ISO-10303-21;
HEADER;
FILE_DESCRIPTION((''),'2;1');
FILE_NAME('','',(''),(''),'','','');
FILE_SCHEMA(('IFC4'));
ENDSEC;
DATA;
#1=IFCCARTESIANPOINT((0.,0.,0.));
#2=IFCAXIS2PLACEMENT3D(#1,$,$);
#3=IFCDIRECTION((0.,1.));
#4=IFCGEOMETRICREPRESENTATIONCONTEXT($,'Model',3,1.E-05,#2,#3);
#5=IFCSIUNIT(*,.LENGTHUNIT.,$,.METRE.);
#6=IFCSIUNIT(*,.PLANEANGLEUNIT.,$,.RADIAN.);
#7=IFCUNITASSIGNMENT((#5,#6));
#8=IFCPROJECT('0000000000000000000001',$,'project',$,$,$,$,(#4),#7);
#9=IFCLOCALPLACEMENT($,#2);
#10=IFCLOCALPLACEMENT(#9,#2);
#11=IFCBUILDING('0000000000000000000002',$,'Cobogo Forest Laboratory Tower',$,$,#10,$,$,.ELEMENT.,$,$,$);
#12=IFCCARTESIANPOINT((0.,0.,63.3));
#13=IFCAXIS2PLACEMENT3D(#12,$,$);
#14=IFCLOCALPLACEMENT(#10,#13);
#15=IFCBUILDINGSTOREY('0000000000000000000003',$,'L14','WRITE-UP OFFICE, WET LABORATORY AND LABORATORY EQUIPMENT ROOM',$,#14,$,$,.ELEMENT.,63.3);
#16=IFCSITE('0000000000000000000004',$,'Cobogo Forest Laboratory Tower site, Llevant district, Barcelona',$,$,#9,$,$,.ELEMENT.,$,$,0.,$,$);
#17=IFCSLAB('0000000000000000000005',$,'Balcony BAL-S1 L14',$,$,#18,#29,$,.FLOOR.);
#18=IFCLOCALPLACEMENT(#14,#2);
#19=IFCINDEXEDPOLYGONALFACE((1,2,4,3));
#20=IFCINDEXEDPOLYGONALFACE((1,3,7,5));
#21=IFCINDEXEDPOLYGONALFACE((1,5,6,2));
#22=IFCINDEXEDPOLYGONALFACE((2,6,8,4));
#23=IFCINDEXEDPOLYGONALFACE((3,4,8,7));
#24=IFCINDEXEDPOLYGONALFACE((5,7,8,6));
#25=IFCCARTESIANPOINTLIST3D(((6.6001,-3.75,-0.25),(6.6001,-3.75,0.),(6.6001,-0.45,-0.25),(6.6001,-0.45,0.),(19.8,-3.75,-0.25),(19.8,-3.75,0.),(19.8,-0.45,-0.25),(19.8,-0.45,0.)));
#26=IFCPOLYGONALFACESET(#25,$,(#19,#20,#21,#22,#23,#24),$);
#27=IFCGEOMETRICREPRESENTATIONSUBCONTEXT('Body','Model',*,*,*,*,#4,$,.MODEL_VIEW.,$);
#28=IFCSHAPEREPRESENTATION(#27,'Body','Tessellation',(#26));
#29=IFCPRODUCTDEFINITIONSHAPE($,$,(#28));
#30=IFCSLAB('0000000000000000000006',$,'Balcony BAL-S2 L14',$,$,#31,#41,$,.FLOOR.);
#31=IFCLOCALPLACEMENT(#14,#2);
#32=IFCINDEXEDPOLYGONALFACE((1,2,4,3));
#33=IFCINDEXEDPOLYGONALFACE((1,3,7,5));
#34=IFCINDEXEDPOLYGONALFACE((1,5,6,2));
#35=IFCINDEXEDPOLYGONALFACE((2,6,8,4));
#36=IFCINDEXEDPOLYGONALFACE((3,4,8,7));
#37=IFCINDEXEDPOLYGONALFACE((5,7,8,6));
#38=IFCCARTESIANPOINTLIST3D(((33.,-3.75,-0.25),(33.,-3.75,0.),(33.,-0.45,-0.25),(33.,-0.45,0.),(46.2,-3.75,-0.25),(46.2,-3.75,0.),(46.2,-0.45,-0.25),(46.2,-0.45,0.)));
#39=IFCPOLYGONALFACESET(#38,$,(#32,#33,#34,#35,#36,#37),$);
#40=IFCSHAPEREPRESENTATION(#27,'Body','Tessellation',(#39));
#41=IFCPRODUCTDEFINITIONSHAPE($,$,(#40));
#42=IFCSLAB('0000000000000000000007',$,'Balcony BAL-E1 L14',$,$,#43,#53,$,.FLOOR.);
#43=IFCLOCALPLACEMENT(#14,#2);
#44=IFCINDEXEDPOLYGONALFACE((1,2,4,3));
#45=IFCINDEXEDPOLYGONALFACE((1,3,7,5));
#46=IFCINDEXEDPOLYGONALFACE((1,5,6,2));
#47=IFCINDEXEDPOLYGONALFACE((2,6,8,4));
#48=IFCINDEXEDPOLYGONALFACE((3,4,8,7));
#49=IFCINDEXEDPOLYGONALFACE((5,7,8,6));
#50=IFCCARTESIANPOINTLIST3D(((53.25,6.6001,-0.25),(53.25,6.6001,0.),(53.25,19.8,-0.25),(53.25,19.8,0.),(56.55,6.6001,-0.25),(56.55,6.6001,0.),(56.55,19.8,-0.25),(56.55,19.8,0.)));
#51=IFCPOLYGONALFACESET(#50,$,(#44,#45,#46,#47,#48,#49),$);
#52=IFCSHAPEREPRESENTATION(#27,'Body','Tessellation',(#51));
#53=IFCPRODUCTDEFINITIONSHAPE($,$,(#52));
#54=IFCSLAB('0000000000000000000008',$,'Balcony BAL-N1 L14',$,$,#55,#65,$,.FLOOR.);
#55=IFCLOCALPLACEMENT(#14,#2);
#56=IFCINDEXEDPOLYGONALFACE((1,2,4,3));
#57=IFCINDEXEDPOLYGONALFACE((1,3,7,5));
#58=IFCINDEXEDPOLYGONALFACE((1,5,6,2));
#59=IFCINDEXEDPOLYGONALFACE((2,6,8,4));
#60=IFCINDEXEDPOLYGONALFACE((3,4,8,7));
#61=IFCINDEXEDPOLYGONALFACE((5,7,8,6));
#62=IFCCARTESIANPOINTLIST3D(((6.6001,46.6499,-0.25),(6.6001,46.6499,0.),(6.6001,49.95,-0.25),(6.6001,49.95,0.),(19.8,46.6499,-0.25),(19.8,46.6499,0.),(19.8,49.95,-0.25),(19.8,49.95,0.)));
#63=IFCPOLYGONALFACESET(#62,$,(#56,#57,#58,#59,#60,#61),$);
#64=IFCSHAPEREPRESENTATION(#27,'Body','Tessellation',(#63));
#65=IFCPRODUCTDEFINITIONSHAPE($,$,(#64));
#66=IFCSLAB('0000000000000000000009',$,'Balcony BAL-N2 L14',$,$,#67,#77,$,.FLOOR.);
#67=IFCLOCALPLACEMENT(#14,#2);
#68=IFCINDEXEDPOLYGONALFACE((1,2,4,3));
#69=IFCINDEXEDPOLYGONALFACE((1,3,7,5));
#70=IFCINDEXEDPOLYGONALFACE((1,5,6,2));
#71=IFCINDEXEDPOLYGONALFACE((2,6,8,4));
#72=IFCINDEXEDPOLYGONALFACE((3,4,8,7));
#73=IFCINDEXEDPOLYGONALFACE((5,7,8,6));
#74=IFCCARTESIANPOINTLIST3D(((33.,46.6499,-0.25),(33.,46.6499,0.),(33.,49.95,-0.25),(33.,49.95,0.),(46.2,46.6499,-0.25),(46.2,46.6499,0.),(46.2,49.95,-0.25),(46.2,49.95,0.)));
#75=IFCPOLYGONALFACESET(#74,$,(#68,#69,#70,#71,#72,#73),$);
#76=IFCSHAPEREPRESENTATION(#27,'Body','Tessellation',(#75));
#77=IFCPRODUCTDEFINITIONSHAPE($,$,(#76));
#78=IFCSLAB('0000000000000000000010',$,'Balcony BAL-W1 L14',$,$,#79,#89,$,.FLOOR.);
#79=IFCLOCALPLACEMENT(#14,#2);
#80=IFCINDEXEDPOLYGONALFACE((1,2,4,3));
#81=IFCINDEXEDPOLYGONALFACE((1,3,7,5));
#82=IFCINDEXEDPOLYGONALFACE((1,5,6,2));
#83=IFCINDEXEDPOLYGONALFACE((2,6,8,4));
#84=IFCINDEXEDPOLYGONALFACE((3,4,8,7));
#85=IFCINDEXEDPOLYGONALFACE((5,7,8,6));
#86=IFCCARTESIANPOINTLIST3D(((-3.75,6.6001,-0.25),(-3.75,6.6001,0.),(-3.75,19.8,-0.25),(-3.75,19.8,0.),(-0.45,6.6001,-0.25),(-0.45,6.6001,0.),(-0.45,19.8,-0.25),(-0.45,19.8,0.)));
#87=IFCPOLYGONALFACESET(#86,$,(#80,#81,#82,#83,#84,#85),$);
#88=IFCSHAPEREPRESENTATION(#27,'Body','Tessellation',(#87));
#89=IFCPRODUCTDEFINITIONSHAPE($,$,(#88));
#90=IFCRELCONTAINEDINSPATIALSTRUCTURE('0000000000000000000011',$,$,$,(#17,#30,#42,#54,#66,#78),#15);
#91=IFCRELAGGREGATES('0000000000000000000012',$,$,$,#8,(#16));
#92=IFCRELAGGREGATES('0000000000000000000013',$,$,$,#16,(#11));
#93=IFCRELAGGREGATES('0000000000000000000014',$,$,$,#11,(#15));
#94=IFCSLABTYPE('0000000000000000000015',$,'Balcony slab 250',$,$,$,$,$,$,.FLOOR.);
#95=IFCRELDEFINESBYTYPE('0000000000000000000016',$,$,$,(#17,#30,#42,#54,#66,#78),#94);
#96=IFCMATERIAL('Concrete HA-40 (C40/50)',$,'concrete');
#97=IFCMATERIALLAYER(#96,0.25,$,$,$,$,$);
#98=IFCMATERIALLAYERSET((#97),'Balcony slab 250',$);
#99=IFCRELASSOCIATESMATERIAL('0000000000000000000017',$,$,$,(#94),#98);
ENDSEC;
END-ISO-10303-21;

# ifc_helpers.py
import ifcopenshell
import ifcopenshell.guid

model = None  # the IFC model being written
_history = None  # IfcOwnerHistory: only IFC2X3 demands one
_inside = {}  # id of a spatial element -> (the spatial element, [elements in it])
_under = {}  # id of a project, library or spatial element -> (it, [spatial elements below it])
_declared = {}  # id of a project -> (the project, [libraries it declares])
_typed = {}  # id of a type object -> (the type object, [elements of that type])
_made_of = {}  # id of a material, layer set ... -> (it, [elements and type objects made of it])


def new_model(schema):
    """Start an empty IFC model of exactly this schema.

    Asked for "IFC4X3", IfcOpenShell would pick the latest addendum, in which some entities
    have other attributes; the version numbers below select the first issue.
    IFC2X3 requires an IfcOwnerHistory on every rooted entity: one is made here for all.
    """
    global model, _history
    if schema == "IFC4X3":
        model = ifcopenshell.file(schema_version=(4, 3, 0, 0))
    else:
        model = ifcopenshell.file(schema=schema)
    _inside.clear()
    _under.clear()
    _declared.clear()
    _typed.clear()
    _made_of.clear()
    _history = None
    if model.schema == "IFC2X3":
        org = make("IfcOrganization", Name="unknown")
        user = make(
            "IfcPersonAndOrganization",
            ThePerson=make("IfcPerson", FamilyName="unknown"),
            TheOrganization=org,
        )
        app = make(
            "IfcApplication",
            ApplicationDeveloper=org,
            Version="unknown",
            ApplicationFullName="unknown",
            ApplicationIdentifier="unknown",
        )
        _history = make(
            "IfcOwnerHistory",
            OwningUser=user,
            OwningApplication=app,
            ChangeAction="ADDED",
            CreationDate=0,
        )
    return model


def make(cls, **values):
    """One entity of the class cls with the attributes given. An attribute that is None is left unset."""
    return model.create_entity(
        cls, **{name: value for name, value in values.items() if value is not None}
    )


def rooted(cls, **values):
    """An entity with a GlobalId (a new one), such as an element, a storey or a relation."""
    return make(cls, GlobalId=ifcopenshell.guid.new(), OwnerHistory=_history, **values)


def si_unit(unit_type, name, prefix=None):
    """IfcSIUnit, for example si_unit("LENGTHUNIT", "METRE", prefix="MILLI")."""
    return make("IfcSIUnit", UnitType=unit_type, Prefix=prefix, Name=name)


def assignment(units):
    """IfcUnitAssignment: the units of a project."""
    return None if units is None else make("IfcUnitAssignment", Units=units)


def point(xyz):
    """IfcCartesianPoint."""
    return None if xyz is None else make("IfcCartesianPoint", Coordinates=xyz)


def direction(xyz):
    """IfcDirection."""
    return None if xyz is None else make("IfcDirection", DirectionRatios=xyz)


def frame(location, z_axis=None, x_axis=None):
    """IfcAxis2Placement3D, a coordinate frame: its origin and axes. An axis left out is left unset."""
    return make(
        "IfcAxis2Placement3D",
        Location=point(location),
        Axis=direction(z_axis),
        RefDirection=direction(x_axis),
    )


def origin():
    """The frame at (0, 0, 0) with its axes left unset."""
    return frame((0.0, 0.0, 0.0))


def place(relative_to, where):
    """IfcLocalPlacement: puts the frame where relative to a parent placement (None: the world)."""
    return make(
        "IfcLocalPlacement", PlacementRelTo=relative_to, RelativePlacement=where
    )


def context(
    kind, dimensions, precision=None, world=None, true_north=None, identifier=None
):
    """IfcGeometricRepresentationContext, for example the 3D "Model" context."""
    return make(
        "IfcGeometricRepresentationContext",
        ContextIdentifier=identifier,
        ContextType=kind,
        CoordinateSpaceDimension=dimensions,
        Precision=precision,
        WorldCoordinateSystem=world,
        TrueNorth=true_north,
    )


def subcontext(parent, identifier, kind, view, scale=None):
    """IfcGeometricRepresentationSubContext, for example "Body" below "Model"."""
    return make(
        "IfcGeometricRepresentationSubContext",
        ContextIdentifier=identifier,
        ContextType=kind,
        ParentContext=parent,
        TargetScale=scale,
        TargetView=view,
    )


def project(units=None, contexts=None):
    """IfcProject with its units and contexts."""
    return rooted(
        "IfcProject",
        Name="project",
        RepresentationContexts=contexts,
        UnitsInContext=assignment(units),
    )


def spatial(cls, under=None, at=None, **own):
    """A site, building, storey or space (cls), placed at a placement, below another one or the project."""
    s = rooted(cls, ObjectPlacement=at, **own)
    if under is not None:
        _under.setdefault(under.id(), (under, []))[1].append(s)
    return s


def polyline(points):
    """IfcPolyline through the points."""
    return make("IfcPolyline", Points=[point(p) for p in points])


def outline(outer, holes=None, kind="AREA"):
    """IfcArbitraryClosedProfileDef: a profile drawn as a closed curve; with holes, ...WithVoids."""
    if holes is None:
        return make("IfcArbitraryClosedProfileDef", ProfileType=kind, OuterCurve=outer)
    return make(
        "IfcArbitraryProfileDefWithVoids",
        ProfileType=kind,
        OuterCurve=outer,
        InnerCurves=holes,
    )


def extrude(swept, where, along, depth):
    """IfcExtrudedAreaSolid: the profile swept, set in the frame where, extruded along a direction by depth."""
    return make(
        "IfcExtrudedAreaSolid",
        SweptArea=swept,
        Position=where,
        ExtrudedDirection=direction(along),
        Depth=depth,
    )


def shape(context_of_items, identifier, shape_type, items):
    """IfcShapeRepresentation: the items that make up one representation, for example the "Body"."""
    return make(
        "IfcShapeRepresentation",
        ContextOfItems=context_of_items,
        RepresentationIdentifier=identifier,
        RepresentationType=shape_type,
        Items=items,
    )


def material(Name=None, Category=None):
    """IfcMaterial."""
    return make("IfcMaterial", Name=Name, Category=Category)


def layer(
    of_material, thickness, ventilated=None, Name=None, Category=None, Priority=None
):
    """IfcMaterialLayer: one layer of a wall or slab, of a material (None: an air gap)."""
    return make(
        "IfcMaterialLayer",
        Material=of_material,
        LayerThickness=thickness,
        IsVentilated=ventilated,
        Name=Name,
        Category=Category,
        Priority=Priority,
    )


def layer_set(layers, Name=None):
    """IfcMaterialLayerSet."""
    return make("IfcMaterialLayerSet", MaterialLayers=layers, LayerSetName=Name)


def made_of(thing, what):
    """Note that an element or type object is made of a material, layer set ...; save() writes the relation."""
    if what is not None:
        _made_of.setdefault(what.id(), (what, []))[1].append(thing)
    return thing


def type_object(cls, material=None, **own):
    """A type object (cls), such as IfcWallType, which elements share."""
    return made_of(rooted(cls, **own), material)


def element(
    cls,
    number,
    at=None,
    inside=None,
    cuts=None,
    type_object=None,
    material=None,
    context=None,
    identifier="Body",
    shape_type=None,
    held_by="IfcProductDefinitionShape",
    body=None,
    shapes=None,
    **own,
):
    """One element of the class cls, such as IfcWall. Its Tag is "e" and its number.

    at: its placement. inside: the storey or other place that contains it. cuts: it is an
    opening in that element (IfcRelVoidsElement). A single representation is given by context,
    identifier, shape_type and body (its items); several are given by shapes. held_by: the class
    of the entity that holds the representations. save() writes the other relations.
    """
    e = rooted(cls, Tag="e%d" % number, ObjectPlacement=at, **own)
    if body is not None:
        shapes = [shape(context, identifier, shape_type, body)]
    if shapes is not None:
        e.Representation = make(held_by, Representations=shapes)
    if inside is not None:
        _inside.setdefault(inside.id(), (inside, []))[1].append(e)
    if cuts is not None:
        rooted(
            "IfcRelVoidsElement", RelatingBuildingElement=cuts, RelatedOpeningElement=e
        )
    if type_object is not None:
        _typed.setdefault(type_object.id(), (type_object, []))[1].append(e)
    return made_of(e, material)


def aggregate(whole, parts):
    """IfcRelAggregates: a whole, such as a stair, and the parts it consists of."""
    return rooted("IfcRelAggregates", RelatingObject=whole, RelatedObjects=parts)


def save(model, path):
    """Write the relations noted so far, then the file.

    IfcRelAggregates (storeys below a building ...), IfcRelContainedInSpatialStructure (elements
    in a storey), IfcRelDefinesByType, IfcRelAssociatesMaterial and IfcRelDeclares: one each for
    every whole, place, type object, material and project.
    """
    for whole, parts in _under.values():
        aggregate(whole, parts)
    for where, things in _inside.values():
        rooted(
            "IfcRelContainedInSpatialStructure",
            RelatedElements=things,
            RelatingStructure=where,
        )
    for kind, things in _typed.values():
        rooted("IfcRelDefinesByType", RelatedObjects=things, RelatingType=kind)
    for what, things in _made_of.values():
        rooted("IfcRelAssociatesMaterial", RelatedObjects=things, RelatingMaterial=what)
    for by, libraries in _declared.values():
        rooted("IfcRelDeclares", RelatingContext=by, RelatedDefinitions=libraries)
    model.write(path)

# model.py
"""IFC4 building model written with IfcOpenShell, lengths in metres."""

from ifc_helpers import new_model, si_unit, direction, frame, origin, place, context, subcontext, project, spatial, polyline, outline, extrude, material, layer, layer_set, type_object, element, save


model = new_model("IFC4")

# Units and contexts
model_context = context("Model", 3, precision=1e-05, world=origin(), true_north=direction((0.0, 1.0)))
body_context = subcontext(model_context, "Body", "Model", "MODEL_VIEW")
ifc_project = project(units=[si_unit("LENGTHUNIT", "METRE"), si_unit("PLANEANGLEUNIT", "RADIAN")], contexts=[model_context])

# Site, building, storey
site_placement = place(None, origin())
site = spatial("IfcSite", under=ifc_project, at=site_placement, Name="Cobogo Forest Laboratory Tower site, Llevant district, Barcelona", CompositionType="ELEMENT", RefElevation=0.0)
building_placement = place(site_placement, origin())
building = spatial("IfcBuilding", under=site, at=building_placement, Name="Cobogo Forest Laboratory Tower", CompositionType="ELEMENT")
storey_placement = place(building_placement, frame((0.0, 0.0, 63.3)))
storey = spatial("IfcBuildingStorey", under=building, at=storey_placement, Name="L14", Description="WRITE-UP OFFICE, WET LABORATORY AND LABORATORY EQUIPMENT ROOM", CompositionType="ELEMENT", Elevation=63.3)

# Slabs
ifc_material_1 = material(Name="Concrete HA-40 (C40/50)", Category="concrete")
ifc_layer_1 = layer(ifc_material_1, 0.25)
ifc_layer_set_1 = layer_set([ifc_layer_1], Name="Balcony slab 250")
slab_type_1 = type_object("IfcSlabType", Name="Balcony slab 250", PredefinedType="FLOOR", material=ifc_layer_set_1)
slab_1_placement = place(storey_placement, frame((0.0, 0.0, -0.25)))
element("IfcSlab", 1, at=slab_1_placement, inside=storey, type_object=slab_type_1, Name="Balcony BAL-S1 L14", PredefinedType="FLOOR", context=body_context, shape_type="SweptSolid", body=[
    extrude(outline(polyline([(6.6001, -3.75), (19.8, -3.75), (19.8, -0.45), (6.6001, -0.45), (6.6001, -3.75)])), origin(), (0.0, 0.0, 1.0), 0.25),
])
slab_2_placement = place(storey_placement, frame((0.0, 0.0, -0.25)))
element("IfcSlab", 2, at=slab_2_placement, inside=storey, type_object=slab_type_1, Name="Balcony BAL-S2 L14", PredefinedType="FLOOR", context=body_context, shape_type="SweptSolid", body=[
    extrude(outline(polyline([(33.0, -3.75), (46.2, -3.75), (46.2, -0.45), (33.0, -0.45), (33.0, -3.75)])), origin(), (0.0, 0.0, 1.0), 0.25),
])
slab_3_placement = place(storey_placement, frame((0.0, 0.0, -0.25)))
element("IfcSlab", 3, at=slab_3_placement, inside=storey, type_object=slab_type_1, Name="Balcony BAL-E1 L14", PredefinedType="FLOOR", context=body_context, shape_type="SweptSolid", body=[
    extrude(outline(polyline([(53.25, 6.6001), (56.55, 6.6001), (56.55, 19.8), (53.25, 19.8), (53.25, 6.6001)])), origin(), (0.0, 0.0, 1.0), 0.25),
])
slab_4_placement = place(storey_placement, frame((0.0, 0.0, -0.25)))
element("IfcSlab", 4, at=slab_4_placement, inside=storey, type_object=slab_type_1, Name="Balcony BAL-N1 L14", PredefinedType="FLOOR", context=body_context, shape_type="SweptSolid", body=[
    extrude(outline(polyline([(6.6001, 46.6499), (19.8, 46.6499), (19.8, 49.95), (6.6001, 49.95), (6.6001, 46.6499)])), origin(), (0.0, 0.0, 1.0), 0.25),
])
slab_5_placement = place(storey_placement, frame((0.0, 0.0, -0.25)))
element("IfcSlab", 5, at=slab_5_placement, inside=storey, type_object=slab_type_1, Name="Balcony BAL-N2 L14", PredefinedType="FLOOR", context=body_context, shape_type="SweptSolid", body=[
    extrude(outline(polyline([(33.0, 46.6499), (46.2, 46.6499), (46.2, 49.95), (33.0, 49.95), (33.0, 46.6499)])), origin(), (0.0, 0.0, 1.0), 0.25),
])
slab_6_placement = place(storey_placement, frame((0.0, 0.0, -0.25)))
element("IfcSlab", 6, at=slab_6_placement, inside=storey, type_object=slab_type_1, Name="Balcony BAL-W1 L14", PredefinedType="FLOOR", context=body_context, shape_type="SweptSolid", body=[
    extrude(outline(polyline([(-3.75, 6.6001), (-0.45, 6.6001), (-0.45, 19.8), (-3.75, 19.8), (-3.75, 6.6001)])), origin(), (0.0, 0.0, 1.0), 0.25),
])

save(model, "model.ifc")
